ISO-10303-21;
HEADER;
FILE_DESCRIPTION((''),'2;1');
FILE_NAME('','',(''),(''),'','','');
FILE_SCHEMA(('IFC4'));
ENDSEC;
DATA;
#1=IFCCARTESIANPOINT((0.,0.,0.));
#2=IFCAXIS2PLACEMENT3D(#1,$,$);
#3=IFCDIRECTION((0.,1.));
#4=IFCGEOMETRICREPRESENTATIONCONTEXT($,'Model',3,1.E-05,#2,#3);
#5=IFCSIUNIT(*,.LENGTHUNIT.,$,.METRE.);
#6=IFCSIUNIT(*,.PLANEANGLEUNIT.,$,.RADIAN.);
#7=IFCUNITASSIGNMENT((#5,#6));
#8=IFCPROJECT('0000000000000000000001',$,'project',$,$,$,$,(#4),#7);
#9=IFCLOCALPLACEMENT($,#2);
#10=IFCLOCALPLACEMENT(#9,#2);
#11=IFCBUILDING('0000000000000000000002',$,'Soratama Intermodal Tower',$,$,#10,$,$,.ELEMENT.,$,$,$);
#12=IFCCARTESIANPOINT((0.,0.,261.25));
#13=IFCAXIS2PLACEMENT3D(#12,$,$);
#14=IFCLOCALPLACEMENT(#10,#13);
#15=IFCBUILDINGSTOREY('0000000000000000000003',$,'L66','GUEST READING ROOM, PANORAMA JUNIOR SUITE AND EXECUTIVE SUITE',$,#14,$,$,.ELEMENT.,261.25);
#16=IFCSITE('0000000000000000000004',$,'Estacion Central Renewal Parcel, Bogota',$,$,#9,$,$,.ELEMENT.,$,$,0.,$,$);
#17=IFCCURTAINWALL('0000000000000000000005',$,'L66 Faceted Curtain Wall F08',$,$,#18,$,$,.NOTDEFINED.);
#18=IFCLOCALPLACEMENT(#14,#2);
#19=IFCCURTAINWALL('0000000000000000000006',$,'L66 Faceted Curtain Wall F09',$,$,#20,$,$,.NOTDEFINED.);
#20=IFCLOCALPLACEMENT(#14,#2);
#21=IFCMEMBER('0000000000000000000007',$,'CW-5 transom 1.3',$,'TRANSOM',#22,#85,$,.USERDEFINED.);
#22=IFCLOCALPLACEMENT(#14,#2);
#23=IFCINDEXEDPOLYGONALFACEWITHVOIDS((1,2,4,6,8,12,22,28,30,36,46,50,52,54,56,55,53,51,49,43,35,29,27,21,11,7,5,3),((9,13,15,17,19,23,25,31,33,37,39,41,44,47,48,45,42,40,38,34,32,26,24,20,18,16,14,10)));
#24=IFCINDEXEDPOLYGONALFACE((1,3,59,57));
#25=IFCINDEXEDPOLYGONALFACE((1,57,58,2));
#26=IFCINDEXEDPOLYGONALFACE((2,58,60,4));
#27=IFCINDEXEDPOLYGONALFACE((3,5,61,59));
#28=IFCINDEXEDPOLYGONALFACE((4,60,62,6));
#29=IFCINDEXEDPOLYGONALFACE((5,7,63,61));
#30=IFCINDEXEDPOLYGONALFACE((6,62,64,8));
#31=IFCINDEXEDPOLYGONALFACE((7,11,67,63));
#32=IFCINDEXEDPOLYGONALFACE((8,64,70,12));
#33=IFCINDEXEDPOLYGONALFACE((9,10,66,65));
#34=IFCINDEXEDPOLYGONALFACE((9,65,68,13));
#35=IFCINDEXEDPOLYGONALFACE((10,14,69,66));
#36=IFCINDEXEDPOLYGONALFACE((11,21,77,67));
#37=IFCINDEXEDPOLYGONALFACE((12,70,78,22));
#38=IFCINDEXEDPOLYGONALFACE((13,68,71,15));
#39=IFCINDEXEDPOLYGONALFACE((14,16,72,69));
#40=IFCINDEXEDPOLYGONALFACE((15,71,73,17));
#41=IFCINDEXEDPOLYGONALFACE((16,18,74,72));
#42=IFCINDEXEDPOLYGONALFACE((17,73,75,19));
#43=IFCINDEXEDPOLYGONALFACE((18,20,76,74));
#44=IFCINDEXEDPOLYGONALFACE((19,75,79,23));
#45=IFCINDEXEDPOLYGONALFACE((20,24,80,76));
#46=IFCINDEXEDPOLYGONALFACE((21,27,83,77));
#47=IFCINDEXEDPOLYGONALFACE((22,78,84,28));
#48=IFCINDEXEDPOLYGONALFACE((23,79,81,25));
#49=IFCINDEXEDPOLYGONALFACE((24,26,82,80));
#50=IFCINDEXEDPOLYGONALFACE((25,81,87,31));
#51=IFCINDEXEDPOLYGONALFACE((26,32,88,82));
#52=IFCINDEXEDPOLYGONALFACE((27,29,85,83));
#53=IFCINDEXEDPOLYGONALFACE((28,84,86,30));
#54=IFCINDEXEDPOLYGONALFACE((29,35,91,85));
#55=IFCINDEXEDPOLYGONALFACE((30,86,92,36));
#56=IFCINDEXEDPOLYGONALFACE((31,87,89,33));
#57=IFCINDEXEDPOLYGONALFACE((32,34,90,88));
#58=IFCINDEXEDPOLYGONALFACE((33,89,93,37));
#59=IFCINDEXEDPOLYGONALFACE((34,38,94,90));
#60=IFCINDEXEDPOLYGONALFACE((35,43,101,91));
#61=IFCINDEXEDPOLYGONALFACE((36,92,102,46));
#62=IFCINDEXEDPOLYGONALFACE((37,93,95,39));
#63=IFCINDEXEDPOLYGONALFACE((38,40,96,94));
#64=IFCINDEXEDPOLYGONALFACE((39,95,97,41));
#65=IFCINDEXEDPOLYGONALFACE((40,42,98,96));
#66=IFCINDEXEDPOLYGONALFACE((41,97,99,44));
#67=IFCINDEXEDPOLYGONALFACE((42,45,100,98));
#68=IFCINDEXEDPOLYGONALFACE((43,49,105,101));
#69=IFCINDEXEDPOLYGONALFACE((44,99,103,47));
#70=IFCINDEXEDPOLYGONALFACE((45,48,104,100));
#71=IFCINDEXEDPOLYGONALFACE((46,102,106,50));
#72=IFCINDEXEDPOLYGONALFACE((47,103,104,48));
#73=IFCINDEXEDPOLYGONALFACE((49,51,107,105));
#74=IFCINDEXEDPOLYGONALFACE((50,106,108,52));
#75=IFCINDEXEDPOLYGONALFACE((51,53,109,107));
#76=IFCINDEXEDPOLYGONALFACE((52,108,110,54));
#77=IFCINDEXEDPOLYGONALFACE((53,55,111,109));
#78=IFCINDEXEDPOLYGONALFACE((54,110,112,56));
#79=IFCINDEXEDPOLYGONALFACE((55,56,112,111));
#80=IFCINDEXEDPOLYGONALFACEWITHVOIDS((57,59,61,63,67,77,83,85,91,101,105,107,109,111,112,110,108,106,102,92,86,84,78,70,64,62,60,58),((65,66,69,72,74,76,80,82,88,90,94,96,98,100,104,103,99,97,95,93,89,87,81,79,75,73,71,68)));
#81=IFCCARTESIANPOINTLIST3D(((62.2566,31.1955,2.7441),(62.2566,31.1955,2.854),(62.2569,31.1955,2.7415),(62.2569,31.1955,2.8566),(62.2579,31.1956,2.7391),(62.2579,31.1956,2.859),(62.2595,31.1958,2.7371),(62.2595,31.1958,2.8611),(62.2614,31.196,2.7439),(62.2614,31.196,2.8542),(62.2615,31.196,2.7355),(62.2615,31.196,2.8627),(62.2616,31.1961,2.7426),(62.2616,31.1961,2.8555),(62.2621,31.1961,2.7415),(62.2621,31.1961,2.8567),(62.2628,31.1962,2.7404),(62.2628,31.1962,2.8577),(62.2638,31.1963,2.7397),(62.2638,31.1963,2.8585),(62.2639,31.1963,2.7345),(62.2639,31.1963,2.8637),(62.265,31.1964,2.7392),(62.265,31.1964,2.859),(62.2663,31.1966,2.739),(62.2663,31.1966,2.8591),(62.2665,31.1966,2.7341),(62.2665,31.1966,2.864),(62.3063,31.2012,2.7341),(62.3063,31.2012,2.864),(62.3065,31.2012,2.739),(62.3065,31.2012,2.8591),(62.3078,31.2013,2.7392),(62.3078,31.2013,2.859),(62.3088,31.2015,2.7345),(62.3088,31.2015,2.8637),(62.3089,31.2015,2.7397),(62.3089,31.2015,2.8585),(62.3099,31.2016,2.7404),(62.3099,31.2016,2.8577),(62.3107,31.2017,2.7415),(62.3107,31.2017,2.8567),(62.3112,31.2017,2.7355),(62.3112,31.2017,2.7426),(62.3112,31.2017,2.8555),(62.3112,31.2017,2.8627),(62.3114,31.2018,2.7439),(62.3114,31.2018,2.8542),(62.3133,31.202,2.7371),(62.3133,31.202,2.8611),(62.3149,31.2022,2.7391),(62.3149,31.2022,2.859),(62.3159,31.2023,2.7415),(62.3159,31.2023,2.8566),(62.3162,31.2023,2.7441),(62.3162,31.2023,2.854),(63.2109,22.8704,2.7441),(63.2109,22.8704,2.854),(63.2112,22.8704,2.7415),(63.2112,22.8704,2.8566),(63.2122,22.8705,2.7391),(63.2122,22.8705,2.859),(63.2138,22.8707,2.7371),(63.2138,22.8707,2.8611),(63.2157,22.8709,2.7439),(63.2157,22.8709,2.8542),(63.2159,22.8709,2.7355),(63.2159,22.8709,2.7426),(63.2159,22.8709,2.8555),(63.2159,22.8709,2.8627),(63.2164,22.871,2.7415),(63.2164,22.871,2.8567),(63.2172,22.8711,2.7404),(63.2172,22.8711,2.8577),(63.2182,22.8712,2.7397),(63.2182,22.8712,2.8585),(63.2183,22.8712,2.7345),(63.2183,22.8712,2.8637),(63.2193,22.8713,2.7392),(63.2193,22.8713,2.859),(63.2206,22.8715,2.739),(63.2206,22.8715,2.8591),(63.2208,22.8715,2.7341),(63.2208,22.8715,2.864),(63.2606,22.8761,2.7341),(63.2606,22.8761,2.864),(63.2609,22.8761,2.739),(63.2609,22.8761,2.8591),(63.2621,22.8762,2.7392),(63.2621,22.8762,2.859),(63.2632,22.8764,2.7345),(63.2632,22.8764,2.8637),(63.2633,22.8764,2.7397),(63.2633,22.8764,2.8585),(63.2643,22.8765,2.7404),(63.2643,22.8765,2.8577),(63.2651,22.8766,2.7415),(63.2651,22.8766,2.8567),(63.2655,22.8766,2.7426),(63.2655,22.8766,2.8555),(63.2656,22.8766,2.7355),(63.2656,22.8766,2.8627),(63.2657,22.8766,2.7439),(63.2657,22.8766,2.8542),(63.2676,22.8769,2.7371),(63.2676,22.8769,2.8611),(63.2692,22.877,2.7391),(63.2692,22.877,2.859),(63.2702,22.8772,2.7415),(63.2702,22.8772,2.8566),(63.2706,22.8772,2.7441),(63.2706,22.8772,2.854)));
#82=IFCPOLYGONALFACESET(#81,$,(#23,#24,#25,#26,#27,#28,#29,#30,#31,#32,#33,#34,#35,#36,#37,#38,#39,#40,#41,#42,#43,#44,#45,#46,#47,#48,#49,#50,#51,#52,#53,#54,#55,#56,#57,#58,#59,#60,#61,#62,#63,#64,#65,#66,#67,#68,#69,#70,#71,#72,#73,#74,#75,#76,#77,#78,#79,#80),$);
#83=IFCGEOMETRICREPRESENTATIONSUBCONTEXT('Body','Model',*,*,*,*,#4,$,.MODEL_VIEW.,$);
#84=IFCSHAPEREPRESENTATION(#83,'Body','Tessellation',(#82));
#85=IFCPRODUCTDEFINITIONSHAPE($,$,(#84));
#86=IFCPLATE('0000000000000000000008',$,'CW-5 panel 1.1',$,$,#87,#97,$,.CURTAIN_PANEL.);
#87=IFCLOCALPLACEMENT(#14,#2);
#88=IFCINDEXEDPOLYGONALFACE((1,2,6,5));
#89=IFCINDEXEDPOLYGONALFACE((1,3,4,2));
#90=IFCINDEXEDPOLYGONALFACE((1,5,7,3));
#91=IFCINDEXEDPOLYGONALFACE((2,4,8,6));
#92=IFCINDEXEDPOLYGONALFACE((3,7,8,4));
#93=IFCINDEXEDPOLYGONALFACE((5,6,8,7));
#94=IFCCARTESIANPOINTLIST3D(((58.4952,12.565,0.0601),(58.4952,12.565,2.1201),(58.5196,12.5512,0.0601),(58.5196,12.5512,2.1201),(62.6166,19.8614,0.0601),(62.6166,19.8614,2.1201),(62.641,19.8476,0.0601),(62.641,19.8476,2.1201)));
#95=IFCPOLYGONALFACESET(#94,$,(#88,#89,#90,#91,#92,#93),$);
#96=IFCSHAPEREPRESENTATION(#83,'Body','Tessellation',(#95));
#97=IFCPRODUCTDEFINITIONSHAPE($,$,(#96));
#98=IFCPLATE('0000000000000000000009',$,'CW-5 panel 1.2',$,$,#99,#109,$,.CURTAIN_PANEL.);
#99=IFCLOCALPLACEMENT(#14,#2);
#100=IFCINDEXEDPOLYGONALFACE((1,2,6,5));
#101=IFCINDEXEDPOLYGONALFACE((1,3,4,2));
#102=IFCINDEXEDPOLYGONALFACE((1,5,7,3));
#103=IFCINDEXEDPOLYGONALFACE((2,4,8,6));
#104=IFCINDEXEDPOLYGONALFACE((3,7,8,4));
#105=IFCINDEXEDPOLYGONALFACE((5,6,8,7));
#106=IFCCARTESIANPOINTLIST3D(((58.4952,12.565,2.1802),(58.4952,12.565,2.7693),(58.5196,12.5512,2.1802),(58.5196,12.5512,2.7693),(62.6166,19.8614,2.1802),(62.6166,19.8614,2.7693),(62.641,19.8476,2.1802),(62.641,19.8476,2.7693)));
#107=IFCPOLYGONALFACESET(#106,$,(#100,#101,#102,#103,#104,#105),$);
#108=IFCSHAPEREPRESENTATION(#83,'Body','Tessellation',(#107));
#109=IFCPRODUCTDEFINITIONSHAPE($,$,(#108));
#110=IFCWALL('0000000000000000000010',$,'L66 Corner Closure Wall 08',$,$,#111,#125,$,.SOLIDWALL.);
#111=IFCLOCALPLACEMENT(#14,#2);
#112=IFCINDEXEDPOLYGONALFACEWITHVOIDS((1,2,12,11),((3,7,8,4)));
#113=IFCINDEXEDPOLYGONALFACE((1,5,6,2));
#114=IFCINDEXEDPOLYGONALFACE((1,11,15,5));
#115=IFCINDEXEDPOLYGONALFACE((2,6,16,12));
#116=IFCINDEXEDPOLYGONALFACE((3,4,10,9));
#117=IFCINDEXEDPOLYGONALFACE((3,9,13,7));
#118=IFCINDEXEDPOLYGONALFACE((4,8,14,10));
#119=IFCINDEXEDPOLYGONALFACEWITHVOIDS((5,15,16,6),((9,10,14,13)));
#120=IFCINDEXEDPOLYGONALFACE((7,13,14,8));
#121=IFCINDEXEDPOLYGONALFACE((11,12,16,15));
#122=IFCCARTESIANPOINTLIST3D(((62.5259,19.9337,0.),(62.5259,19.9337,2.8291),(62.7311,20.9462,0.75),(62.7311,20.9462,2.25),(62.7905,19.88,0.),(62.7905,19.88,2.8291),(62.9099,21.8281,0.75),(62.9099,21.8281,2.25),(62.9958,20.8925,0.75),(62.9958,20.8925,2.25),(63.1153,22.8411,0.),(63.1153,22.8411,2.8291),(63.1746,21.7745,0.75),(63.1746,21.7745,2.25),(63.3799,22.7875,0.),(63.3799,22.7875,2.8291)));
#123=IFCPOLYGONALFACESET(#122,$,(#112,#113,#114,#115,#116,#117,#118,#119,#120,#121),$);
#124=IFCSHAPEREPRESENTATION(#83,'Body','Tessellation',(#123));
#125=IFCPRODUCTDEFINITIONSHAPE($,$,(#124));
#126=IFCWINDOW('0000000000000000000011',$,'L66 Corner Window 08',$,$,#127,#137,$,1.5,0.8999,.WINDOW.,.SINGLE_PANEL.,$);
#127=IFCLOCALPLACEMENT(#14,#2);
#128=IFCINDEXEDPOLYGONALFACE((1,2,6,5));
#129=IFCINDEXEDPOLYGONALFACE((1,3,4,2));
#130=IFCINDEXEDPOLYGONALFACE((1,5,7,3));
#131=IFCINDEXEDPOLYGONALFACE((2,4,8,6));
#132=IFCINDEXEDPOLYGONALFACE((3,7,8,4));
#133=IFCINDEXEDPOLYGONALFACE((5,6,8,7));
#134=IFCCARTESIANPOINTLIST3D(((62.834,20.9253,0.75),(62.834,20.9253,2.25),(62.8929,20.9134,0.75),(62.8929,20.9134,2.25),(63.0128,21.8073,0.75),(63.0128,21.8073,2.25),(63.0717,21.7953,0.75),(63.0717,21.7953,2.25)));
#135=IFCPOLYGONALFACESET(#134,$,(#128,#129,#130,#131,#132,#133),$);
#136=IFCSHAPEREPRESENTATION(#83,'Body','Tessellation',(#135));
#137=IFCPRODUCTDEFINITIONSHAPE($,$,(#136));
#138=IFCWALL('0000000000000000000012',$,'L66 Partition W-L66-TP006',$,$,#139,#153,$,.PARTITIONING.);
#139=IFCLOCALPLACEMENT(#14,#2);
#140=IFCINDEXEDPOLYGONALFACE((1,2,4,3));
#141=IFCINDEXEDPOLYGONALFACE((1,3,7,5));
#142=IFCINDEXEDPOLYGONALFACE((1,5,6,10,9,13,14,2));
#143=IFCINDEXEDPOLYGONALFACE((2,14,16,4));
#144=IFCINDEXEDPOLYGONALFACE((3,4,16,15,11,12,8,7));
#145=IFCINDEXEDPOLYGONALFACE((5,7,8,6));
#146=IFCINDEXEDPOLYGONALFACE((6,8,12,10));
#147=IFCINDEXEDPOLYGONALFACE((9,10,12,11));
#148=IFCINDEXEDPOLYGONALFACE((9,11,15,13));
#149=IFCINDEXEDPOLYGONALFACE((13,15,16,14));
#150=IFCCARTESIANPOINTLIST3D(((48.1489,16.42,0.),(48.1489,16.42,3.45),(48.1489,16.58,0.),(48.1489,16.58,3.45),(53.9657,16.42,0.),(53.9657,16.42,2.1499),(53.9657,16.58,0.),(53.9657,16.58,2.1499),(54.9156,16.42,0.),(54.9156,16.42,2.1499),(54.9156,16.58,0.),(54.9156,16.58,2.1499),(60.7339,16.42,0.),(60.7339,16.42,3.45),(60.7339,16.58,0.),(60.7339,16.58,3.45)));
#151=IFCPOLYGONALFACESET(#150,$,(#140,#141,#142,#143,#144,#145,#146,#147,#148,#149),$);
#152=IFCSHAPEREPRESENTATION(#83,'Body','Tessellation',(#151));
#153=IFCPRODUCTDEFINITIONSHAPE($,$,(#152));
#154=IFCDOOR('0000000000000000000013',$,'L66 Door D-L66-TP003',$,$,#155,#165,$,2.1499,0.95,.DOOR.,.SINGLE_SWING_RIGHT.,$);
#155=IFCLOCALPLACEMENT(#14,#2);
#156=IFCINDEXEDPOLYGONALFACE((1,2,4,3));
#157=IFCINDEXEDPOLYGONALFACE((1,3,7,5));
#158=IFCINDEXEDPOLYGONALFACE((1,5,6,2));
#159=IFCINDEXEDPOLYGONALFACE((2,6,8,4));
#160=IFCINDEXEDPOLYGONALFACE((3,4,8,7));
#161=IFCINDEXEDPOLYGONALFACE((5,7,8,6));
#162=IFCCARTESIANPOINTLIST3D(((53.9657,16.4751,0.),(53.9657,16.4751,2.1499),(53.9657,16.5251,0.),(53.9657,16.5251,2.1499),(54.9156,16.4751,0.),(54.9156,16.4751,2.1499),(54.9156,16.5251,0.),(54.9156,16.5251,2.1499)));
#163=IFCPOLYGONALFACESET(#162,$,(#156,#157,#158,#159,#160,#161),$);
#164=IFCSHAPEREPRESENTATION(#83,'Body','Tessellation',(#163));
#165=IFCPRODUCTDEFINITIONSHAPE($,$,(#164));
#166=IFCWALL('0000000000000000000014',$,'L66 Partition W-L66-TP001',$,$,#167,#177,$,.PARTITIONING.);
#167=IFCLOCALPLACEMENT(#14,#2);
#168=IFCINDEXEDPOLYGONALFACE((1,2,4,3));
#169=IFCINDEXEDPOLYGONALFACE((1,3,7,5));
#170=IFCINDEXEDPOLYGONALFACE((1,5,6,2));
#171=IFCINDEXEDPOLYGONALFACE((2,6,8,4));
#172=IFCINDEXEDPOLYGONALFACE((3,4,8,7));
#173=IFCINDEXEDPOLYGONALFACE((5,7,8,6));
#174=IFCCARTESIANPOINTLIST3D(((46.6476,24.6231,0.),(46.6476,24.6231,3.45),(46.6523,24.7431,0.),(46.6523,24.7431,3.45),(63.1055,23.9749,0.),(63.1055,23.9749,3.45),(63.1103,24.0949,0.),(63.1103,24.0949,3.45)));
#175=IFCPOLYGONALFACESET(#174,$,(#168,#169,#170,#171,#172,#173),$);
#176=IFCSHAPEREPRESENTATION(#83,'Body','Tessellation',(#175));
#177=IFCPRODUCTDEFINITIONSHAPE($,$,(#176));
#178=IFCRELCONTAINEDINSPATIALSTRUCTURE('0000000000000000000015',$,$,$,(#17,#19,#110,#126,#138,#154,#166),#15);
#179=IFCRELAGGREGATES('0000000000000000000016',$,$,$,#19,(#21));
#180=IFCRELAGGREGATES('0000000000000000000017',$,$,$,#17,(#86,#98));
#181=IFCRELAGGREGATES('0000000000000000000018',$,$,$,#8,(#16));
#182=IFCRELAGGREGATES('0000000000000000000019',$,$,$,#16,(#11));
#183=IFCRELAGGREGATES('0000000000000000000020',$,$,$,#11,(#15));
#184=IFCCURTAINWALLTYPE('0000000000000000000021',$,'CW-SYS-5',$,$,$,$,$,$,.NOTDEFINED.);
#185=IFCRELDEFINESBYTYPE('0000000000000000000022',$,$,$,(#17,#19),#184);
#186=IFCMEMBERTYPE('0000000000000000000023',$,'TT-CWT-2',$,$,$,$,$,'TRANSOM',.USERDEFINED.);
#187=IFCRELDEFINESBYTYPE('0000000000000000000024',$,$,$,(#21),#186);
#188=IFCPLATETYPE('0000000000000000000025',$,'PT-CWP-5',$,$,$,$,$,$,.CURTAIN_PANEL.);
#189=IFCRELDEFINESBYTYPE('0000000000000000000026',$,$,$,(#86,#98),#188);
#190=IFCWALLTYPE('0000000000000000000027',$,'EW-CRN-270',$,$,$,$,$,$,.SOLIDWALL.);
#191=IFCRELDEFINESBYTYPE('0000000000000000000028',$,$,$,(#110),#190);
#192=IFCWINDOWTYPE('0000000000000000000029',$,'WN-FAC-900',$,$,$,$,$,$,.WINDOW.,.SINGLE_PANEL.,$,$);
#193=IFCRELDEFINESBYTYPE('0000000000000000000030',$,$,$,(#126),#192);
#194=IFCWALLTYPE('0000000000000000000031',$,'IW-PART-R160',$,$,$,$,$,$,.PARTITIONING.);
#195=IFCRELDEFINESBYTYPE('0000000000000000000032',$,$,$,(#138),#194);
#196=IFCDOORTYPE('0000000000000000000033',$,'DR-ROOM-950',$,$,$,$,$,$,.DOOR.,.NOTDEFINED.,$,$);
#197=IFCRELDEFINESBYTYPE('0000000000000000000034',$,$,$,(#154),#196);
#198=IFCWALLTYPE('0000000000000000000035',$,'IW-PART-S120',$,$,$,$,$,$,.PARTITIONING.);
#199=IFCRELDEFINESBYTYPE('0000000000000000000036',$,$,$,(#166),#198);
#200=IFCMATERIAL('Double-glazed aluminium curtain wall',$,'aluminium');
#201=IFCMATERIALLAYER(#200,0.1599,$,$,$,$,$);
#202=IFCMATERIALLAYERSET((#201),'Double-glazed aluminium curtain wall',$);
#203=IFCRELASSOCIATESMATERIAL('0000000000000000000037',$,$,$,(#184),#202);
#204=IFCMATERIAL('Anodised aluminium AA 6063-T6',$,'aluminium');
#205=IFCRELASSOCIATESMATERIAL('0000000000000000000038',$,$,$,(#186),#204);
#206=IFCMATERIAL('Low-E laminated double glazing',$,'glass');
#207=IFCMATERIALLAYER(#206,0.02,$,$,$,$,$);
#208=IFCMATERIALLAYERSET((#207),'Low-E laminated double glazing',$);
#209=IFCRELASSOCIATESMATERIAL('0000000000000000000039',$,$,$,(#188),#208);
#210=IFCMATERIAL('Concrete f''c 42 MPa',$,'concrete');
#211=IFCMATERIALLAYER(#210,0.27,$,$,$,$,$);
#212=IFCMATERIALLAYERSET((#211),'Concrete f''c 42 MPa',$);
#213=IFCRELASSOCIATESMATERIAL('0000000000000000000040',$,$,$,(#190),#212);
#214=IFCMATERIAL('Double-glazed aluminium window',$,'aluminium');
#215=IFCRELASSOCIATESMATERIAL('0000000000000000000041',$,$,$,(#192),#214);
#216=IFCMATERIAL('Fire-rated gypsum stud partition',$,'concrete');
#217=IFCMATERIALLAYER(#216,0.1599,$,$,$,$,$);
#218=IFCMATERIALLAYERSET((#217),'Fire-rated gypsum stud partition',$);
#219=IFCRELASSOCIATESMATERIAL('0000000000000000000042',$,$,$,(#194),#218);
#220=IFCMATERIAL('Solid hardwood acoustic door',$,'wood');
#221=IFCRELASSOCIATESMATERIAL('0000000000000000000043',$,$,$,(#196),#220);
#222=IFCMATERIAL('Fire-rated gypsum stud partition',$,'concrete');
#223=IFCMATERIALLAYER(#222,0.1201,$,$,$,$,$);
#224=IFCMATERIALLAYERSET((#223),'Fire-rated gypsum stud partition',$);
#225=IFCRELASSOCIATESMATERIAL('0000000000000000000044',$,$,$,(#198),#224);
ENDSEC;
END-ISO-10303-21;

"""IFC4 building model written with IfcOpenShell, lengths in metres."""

from ifc_helpers import new_model, si_unit, direction, frame, frame_2d, origin, origin_2d, place, context, subcontext, project, spatial, rectangle, hollow_rectangle, extrude, material, layer, layer_set, material_profile, profile_set, type_object, element, fill, aggregate, save


model = new_model("IFC4")

# Units and contexts
model_context = context("Model", 3, precision=1e-05, world=origin(), true_north=direction((0.0, 1.0)))
body_context = subcontext(model_context, "Body", "Model", "MODEL_VIEW")
ifc_project = project(units=[si_unit("LENGTHUNIT", "METRE"), si_unit("PLANEANGLEUNIT", "RADIAN")], contexts=[model_context])

# Site, building, storey
site_placement = place(None, origin())
site = spatial("IfcSite", under=ifc_project, at=site_placement, Name="Estacion Central Renewal Parcel, Bogota", CompositionType="ELEMENT", RefElevation=0.0)
building_placement = place(site_placement, origin())
building = spatial("IfcBuilding", under=site, at=building_placement, Name="Soratama Intermodal Tower", CompositionType="ELEMENT")
storey_placement = place(building_placement, frame((0.0, 0.0, 261.25)))
storey = spatial("IfcBuildingStorey", under=building, at=storey_placement, Name="L66", Description="GUEST READING ROOM, PANORAMA JUNIOR SUITE AND EXECUTIVE SUITE", CompositionType="ELEMENT", Elevation=261.25)

# Curtain wall
ifc_material_1 = material(Name="Double-glazed aluminium curtain wall", Category="aluminium")
ifc_layer_1 = layer(ifc_material_1, 0.1599)
ifc_layer_set_1 = layer_set([ifc_layer_1], Name="Double-glazed aluminium curtain wall")
curtain_wall_type = type_object("IfcCurtainWallType", Name="CW-SYS-5", PredefinedType="NOTDEFINED", material=ifc_layer_set_1)
curtain_wall_1_placement = place(storey_placement, origin())
curtain_wall_1 = element("IfcCurtainWall", 1, at=curtain_wall_1_placement, inside=storey, type_object=curtain_wall_type, Name="L66 Faceted Curtain Wall F08", PredefinedType="NOTDEFINED")

# Curtain wall, member
curtain_wall_2_placement = place(storey_placement, origin())
curtain_wall_2 = element("IfcCurtainWall", 2, at=curtain_wall_2_placement, inside=storey, type_object=curtain_wall_type, Name="L66 Faceted Curtain Wall F09", PredefinedType="NOTDEFINED")
ifc_material_2 = material(Name="Anodised aluminium AA 6063-T6", Category="aluminium")
ifc_material_profile_1 = material_profile(ifc_material_2, hollow_rectangle(XDim=0.0601, YDim=0.1299, WallThickness=0.0049, InnerFilletRadius=0.0049, OuterFilletRadius=0.01, at=origin_2d()), Name="CWT130X60X5")
ifc_profile_set_1 = profile_set([ifc_material_profile_1], Name="Anodised aluminium AA 6063-T6")
member_type_1 = type_object("IfcMemberType", Name="TT-CWT-2", ElementType="TRANSOM", PredefinedType="USERDEFINED", material=ifc_profile_set_1)
member_1_placement = place(storey_placement, frame((63.2407, 22.8738, 2.7991), z_axis=(-0.113888, 0.993494, 0.0), x_axis=(-0.993494, -0.113888, 0.0)))
member_1 = element("IfcMember", 3, at=member_1_placement, type_object=member_type_1, Name="CW-5 transom 1.3", ObjectType="TRANSOM", PredefinedType="USERDEFINED", context=body_context, shape_type="SweptSolid", body=[
    extrude(hollow_rectangle(XDim=0.0601, YDim=0.1299, WallThickness=0.0049, InnerFilletRadius=0.0049, OuterFilletRadius=0.01, at=origin_2d()), origin(), (0.0, 0.0, 1.0), 8.3796),
])
aggregate(curtain_wall_2, [member_1])

# Plates
ifc_material_3 = material(Name="Low-E laminated double glazing", Category="glass")
ifc_layer_2 = layer(ifc_material_3, 0.02)
ifc_layer_set_2 = layer_set([ifc_layer_2], Name="Low-E laminated double glazing")
plate_type = type_object("IfcPlateType", Name="PT-CWP-5", PredefinedType="CURTAIN_PANEL", material=ifc_layer_set_2)
plate_1_placement = place(storey_placement, frame((60.5681, 16.2063, 0.0601), z_axis=(0.0, 0.0, 1.0), x_axis=(0.49182, 0.870697, 0.0)))
plate_1 = element("IfcPlate", 4, at=plate_1_placement, type_object=plate_type, Name="CW-5 panel 1.1", PredefinedType="CURTAIN_PANEL", context=body_context, shape_type="SweptSolid", body=[
    extrude(rectangle(XDim=8.3799, YDim=0.0281, at=origin_2d()), origin(), (0.0, 0.0, 1.0), 2.0601),
])
plate_2_placement = place(storey_placement, frame((60.5681, 16.2063, 2.1802), z_axis=(0.0, 0.0, 1.0), x_axis=(0.49182, 0.870697, 0.0)))
plate_2 = element("IfcPlate", 5, at=plate_2_placement, type_object=plate_type, Name="CW-5 panel 1.2", PredefinedType="CURTAIN_PANEL", context=body_context, shape_type="SweptSolid", body=[
    extrude(rectangle(XDim=8.3799, YDim=0.0281, at=origin_2d()), origin(), (0.0, 0.0, 1.0), 0.5891),
])
aggregate(curtain_wall_1, [plate_1, plate_2])

# Wall, opening, window
ifc_material_4 = material(Name="Concrete f'c 42 MPa", Category="concrete")
ifc_layer_3 = layer(ifc_material_4, 0.27)
ifc_layer_set_3 = layer_set([ifc_layer_3], Name="Concrete f'c 42 MPa")
wall_type_1 = type_object("IfcWallType", Name="EW-CRN-270", PredefinedType="SOLIDWALL", material=ifc_layer_set_3)
wall_1_placement = place(storey_placement, frame((62.6582, 19.9067, 0.0), z_axis=(0.0, 0.0, 1.0), x_axis=(0.198663, 0.980068, 0.0)))
wall_1 = element("IfcWall", 6, at=wall_1_placement, inside=storey, type_object=wall_type_1, Name="L66 Corner Closure Wall 08", PredefinedType="SOLIDWALL", context=body_context, shape_type="SweptSolid", body=[
    extrude(rectangle(XDim=2.9666, YDim=0.27, at=frame_2d((1.4834, 0.0))), origin(), (0.0, 0.0, 1.0), 2.8291),
])
opening_1_placement = place(wall_1_placement, frame((1.0332, 0.0, 0.75)))
opening_1 = element("IfcOpeningElement", 7, at=opening_1_placement, cuts=wall_1, PredefinedType="OPENING", context=body_context, shape_type="SweptSolid", body=[
    extrude(rectangle(XDim=0.8999, YDim=1.5, at=frame_2d((0.45, 0.75))), frame((0.0, 0.145, 0.0), z_axis=(0.0, -1.0, 0.0), x_axis=(1.0, 0.0, 0.0)), (0.0, 0.0, 1.0), 0.29),
])
ifc_material_5 = material(Name="Double-glazed aluminium window", Category="aluminium")
window_type = type_object("IfcWindowType", Name="WN-FAC-900", PartitioningType="SINGLE_PANEL", PredefinedType="WINDOW", material=ifc_material_5)
window_placement = place(opening_1_placement, origin())
window = element("IfcWindow", 8, at=window_placement, inside=storey, type_object=window_type, Name="L66 Corner Window 08", OverallHeight=1.5, OverallWidth=0.8999, PartitioningType="SINGLE_PANEL", PredefinedType="WINDOW", context=body_context, shape_type="SweptSolid", body=[
    extrude(rectangle(XDim=0.8999, YDim=1.5, at=frame_2d((0.45, 0.75))), frame((0.0, 0.03, 0.0), z_axis=(0.0, -1.0, 0.0), x_axis=(1.0, 0.0, 0.0)), (0.0, 0.0, 1.0), 0.0601),
])
fill(opening_1, window)

# Wall, opening, door
ifc_material_6 = material(Name="Fire-rated gypsum stud partition", Category="concrete")
ifc_layer_4 = layer(ifc_material_6, 0.1599)
ifc_layer_set_4 = layer_set([ifc_layer_4], Name="Fire-rated gypsum stud partition")
wall_type_2 = type_object("IfcWallType", Name="IW-PART-R160", PredefinedType="PARTITIONING", material=ifc_layer_set_4)
wall_2_placement = place(storey_placement, frame((60.7339, 16.5, 0.0), z_axis=(0.0, 0.0, 1.0), x_axis=(-1.0, 0.0, 0.0)))
wall_2 = element("IfcWall", 9, at=wall_2_placement, inside=storey, type_object=wall_type_2, Name="L66 Partition W-L66-TP006", PredefinedType="PARTITIONING", context=body_context, shape_type="SweptSolid", body=[
    extrude(rectangle(XDim=12.585, YDim=0.1599, at=frame_2d((6.2925, 0.0))), origin(), (0.0, 0.0, 1.0), 3.45),
])
opening_2_placement = place(wall_2_placement, frame((5.8181, 0.0, 0.0)))
opening_2 = element("IfcOpeningElement", 10, at=opening_2_placement, cuts=wall_2, PredefinedType="OPENING", context=body_context, shape_type="SweptSolid", body=[
    extrude(rectangle(XDim=0.95, YDim=2.1499, at=frame_2d((0.4751, 1.075))), frame((0.0, 0.0898, 0.0), z_axis=(0.0, -1.0, 0.0), x_axis=(1.0, 0.0, 0.0)), (0.0, 0.0, 1.0), 0.1799),
])
ifc_material_7 = material(Name="Solid hardwood acoustic door", Category="wood")
door_type = type_object("IfcDoorType", Name="DR-ROOM-950", OperationType="NOTDEFINED", PredefinedType="DOOR", material=ifc_material_7)
door_placement = place(opening_2_placement, origin())
door = element("IfcDoor", 11, at=door_placement, inside=storey, type_object=door_type, Name="L66 Door D-L66-TP003", OperationType="SINGLE_SWING_RIGHT", OverallHeight=2.1499, OverallWidth=0.95, PredefinedType="DOOR", context=body_context, shape_type="SweptSolid", body=[
    extrude(rectangle(XDim=0.95, YDim=2.1499, at=frame_2d((0.4751, 1.075))), frame((0.0, 0.0249, 0.0), z_axis=(0.0, -1.0, 0.0), x_axis=(1.0, 0.0, 0.0)), (0.0, 0.0, 1.0), 0.05),
])
fill(opening_2, door)

# Wall
ifc_material_8 = material(Name="Fire-rated gypsum stud partition", Category="concrete")
ifc_layer_5 = layer(ifc_material_8, 0.1201)
ifc_layer_set_5 = layer_set([ifc_layer_5], Name="Fire-rated gypsum stud partition")
wall_type_3 = type_object("IfcWallType", Name="IW-PART-S120", PredefinedType="PARTITIONING", material=ifc_layer_set_5)
wall_3_placement = place(storey_placement, frame((63.1079, 24.0349, 0.0), z_axis=(0.0, 0.0, 1.0), x_axis=(-0.999225, 0.039354, 0.0)))
element("IfcWall", 12, at=wall_3_placement, inside=storey, type_object=wall_type_3, Name="L66 Partition W-L66-TP001", PredefinedType="PARTITIONING", context=body_context, shape_type="SweptSolid", body=[
    extrude(rectangle(XDim=16.4707, YDim=0.1201, at=frame_2d((8.2354, 0.0))), origin(), (0.0, 0.0, 1.0), 3.45),
])

save(model, "model.ifc")
